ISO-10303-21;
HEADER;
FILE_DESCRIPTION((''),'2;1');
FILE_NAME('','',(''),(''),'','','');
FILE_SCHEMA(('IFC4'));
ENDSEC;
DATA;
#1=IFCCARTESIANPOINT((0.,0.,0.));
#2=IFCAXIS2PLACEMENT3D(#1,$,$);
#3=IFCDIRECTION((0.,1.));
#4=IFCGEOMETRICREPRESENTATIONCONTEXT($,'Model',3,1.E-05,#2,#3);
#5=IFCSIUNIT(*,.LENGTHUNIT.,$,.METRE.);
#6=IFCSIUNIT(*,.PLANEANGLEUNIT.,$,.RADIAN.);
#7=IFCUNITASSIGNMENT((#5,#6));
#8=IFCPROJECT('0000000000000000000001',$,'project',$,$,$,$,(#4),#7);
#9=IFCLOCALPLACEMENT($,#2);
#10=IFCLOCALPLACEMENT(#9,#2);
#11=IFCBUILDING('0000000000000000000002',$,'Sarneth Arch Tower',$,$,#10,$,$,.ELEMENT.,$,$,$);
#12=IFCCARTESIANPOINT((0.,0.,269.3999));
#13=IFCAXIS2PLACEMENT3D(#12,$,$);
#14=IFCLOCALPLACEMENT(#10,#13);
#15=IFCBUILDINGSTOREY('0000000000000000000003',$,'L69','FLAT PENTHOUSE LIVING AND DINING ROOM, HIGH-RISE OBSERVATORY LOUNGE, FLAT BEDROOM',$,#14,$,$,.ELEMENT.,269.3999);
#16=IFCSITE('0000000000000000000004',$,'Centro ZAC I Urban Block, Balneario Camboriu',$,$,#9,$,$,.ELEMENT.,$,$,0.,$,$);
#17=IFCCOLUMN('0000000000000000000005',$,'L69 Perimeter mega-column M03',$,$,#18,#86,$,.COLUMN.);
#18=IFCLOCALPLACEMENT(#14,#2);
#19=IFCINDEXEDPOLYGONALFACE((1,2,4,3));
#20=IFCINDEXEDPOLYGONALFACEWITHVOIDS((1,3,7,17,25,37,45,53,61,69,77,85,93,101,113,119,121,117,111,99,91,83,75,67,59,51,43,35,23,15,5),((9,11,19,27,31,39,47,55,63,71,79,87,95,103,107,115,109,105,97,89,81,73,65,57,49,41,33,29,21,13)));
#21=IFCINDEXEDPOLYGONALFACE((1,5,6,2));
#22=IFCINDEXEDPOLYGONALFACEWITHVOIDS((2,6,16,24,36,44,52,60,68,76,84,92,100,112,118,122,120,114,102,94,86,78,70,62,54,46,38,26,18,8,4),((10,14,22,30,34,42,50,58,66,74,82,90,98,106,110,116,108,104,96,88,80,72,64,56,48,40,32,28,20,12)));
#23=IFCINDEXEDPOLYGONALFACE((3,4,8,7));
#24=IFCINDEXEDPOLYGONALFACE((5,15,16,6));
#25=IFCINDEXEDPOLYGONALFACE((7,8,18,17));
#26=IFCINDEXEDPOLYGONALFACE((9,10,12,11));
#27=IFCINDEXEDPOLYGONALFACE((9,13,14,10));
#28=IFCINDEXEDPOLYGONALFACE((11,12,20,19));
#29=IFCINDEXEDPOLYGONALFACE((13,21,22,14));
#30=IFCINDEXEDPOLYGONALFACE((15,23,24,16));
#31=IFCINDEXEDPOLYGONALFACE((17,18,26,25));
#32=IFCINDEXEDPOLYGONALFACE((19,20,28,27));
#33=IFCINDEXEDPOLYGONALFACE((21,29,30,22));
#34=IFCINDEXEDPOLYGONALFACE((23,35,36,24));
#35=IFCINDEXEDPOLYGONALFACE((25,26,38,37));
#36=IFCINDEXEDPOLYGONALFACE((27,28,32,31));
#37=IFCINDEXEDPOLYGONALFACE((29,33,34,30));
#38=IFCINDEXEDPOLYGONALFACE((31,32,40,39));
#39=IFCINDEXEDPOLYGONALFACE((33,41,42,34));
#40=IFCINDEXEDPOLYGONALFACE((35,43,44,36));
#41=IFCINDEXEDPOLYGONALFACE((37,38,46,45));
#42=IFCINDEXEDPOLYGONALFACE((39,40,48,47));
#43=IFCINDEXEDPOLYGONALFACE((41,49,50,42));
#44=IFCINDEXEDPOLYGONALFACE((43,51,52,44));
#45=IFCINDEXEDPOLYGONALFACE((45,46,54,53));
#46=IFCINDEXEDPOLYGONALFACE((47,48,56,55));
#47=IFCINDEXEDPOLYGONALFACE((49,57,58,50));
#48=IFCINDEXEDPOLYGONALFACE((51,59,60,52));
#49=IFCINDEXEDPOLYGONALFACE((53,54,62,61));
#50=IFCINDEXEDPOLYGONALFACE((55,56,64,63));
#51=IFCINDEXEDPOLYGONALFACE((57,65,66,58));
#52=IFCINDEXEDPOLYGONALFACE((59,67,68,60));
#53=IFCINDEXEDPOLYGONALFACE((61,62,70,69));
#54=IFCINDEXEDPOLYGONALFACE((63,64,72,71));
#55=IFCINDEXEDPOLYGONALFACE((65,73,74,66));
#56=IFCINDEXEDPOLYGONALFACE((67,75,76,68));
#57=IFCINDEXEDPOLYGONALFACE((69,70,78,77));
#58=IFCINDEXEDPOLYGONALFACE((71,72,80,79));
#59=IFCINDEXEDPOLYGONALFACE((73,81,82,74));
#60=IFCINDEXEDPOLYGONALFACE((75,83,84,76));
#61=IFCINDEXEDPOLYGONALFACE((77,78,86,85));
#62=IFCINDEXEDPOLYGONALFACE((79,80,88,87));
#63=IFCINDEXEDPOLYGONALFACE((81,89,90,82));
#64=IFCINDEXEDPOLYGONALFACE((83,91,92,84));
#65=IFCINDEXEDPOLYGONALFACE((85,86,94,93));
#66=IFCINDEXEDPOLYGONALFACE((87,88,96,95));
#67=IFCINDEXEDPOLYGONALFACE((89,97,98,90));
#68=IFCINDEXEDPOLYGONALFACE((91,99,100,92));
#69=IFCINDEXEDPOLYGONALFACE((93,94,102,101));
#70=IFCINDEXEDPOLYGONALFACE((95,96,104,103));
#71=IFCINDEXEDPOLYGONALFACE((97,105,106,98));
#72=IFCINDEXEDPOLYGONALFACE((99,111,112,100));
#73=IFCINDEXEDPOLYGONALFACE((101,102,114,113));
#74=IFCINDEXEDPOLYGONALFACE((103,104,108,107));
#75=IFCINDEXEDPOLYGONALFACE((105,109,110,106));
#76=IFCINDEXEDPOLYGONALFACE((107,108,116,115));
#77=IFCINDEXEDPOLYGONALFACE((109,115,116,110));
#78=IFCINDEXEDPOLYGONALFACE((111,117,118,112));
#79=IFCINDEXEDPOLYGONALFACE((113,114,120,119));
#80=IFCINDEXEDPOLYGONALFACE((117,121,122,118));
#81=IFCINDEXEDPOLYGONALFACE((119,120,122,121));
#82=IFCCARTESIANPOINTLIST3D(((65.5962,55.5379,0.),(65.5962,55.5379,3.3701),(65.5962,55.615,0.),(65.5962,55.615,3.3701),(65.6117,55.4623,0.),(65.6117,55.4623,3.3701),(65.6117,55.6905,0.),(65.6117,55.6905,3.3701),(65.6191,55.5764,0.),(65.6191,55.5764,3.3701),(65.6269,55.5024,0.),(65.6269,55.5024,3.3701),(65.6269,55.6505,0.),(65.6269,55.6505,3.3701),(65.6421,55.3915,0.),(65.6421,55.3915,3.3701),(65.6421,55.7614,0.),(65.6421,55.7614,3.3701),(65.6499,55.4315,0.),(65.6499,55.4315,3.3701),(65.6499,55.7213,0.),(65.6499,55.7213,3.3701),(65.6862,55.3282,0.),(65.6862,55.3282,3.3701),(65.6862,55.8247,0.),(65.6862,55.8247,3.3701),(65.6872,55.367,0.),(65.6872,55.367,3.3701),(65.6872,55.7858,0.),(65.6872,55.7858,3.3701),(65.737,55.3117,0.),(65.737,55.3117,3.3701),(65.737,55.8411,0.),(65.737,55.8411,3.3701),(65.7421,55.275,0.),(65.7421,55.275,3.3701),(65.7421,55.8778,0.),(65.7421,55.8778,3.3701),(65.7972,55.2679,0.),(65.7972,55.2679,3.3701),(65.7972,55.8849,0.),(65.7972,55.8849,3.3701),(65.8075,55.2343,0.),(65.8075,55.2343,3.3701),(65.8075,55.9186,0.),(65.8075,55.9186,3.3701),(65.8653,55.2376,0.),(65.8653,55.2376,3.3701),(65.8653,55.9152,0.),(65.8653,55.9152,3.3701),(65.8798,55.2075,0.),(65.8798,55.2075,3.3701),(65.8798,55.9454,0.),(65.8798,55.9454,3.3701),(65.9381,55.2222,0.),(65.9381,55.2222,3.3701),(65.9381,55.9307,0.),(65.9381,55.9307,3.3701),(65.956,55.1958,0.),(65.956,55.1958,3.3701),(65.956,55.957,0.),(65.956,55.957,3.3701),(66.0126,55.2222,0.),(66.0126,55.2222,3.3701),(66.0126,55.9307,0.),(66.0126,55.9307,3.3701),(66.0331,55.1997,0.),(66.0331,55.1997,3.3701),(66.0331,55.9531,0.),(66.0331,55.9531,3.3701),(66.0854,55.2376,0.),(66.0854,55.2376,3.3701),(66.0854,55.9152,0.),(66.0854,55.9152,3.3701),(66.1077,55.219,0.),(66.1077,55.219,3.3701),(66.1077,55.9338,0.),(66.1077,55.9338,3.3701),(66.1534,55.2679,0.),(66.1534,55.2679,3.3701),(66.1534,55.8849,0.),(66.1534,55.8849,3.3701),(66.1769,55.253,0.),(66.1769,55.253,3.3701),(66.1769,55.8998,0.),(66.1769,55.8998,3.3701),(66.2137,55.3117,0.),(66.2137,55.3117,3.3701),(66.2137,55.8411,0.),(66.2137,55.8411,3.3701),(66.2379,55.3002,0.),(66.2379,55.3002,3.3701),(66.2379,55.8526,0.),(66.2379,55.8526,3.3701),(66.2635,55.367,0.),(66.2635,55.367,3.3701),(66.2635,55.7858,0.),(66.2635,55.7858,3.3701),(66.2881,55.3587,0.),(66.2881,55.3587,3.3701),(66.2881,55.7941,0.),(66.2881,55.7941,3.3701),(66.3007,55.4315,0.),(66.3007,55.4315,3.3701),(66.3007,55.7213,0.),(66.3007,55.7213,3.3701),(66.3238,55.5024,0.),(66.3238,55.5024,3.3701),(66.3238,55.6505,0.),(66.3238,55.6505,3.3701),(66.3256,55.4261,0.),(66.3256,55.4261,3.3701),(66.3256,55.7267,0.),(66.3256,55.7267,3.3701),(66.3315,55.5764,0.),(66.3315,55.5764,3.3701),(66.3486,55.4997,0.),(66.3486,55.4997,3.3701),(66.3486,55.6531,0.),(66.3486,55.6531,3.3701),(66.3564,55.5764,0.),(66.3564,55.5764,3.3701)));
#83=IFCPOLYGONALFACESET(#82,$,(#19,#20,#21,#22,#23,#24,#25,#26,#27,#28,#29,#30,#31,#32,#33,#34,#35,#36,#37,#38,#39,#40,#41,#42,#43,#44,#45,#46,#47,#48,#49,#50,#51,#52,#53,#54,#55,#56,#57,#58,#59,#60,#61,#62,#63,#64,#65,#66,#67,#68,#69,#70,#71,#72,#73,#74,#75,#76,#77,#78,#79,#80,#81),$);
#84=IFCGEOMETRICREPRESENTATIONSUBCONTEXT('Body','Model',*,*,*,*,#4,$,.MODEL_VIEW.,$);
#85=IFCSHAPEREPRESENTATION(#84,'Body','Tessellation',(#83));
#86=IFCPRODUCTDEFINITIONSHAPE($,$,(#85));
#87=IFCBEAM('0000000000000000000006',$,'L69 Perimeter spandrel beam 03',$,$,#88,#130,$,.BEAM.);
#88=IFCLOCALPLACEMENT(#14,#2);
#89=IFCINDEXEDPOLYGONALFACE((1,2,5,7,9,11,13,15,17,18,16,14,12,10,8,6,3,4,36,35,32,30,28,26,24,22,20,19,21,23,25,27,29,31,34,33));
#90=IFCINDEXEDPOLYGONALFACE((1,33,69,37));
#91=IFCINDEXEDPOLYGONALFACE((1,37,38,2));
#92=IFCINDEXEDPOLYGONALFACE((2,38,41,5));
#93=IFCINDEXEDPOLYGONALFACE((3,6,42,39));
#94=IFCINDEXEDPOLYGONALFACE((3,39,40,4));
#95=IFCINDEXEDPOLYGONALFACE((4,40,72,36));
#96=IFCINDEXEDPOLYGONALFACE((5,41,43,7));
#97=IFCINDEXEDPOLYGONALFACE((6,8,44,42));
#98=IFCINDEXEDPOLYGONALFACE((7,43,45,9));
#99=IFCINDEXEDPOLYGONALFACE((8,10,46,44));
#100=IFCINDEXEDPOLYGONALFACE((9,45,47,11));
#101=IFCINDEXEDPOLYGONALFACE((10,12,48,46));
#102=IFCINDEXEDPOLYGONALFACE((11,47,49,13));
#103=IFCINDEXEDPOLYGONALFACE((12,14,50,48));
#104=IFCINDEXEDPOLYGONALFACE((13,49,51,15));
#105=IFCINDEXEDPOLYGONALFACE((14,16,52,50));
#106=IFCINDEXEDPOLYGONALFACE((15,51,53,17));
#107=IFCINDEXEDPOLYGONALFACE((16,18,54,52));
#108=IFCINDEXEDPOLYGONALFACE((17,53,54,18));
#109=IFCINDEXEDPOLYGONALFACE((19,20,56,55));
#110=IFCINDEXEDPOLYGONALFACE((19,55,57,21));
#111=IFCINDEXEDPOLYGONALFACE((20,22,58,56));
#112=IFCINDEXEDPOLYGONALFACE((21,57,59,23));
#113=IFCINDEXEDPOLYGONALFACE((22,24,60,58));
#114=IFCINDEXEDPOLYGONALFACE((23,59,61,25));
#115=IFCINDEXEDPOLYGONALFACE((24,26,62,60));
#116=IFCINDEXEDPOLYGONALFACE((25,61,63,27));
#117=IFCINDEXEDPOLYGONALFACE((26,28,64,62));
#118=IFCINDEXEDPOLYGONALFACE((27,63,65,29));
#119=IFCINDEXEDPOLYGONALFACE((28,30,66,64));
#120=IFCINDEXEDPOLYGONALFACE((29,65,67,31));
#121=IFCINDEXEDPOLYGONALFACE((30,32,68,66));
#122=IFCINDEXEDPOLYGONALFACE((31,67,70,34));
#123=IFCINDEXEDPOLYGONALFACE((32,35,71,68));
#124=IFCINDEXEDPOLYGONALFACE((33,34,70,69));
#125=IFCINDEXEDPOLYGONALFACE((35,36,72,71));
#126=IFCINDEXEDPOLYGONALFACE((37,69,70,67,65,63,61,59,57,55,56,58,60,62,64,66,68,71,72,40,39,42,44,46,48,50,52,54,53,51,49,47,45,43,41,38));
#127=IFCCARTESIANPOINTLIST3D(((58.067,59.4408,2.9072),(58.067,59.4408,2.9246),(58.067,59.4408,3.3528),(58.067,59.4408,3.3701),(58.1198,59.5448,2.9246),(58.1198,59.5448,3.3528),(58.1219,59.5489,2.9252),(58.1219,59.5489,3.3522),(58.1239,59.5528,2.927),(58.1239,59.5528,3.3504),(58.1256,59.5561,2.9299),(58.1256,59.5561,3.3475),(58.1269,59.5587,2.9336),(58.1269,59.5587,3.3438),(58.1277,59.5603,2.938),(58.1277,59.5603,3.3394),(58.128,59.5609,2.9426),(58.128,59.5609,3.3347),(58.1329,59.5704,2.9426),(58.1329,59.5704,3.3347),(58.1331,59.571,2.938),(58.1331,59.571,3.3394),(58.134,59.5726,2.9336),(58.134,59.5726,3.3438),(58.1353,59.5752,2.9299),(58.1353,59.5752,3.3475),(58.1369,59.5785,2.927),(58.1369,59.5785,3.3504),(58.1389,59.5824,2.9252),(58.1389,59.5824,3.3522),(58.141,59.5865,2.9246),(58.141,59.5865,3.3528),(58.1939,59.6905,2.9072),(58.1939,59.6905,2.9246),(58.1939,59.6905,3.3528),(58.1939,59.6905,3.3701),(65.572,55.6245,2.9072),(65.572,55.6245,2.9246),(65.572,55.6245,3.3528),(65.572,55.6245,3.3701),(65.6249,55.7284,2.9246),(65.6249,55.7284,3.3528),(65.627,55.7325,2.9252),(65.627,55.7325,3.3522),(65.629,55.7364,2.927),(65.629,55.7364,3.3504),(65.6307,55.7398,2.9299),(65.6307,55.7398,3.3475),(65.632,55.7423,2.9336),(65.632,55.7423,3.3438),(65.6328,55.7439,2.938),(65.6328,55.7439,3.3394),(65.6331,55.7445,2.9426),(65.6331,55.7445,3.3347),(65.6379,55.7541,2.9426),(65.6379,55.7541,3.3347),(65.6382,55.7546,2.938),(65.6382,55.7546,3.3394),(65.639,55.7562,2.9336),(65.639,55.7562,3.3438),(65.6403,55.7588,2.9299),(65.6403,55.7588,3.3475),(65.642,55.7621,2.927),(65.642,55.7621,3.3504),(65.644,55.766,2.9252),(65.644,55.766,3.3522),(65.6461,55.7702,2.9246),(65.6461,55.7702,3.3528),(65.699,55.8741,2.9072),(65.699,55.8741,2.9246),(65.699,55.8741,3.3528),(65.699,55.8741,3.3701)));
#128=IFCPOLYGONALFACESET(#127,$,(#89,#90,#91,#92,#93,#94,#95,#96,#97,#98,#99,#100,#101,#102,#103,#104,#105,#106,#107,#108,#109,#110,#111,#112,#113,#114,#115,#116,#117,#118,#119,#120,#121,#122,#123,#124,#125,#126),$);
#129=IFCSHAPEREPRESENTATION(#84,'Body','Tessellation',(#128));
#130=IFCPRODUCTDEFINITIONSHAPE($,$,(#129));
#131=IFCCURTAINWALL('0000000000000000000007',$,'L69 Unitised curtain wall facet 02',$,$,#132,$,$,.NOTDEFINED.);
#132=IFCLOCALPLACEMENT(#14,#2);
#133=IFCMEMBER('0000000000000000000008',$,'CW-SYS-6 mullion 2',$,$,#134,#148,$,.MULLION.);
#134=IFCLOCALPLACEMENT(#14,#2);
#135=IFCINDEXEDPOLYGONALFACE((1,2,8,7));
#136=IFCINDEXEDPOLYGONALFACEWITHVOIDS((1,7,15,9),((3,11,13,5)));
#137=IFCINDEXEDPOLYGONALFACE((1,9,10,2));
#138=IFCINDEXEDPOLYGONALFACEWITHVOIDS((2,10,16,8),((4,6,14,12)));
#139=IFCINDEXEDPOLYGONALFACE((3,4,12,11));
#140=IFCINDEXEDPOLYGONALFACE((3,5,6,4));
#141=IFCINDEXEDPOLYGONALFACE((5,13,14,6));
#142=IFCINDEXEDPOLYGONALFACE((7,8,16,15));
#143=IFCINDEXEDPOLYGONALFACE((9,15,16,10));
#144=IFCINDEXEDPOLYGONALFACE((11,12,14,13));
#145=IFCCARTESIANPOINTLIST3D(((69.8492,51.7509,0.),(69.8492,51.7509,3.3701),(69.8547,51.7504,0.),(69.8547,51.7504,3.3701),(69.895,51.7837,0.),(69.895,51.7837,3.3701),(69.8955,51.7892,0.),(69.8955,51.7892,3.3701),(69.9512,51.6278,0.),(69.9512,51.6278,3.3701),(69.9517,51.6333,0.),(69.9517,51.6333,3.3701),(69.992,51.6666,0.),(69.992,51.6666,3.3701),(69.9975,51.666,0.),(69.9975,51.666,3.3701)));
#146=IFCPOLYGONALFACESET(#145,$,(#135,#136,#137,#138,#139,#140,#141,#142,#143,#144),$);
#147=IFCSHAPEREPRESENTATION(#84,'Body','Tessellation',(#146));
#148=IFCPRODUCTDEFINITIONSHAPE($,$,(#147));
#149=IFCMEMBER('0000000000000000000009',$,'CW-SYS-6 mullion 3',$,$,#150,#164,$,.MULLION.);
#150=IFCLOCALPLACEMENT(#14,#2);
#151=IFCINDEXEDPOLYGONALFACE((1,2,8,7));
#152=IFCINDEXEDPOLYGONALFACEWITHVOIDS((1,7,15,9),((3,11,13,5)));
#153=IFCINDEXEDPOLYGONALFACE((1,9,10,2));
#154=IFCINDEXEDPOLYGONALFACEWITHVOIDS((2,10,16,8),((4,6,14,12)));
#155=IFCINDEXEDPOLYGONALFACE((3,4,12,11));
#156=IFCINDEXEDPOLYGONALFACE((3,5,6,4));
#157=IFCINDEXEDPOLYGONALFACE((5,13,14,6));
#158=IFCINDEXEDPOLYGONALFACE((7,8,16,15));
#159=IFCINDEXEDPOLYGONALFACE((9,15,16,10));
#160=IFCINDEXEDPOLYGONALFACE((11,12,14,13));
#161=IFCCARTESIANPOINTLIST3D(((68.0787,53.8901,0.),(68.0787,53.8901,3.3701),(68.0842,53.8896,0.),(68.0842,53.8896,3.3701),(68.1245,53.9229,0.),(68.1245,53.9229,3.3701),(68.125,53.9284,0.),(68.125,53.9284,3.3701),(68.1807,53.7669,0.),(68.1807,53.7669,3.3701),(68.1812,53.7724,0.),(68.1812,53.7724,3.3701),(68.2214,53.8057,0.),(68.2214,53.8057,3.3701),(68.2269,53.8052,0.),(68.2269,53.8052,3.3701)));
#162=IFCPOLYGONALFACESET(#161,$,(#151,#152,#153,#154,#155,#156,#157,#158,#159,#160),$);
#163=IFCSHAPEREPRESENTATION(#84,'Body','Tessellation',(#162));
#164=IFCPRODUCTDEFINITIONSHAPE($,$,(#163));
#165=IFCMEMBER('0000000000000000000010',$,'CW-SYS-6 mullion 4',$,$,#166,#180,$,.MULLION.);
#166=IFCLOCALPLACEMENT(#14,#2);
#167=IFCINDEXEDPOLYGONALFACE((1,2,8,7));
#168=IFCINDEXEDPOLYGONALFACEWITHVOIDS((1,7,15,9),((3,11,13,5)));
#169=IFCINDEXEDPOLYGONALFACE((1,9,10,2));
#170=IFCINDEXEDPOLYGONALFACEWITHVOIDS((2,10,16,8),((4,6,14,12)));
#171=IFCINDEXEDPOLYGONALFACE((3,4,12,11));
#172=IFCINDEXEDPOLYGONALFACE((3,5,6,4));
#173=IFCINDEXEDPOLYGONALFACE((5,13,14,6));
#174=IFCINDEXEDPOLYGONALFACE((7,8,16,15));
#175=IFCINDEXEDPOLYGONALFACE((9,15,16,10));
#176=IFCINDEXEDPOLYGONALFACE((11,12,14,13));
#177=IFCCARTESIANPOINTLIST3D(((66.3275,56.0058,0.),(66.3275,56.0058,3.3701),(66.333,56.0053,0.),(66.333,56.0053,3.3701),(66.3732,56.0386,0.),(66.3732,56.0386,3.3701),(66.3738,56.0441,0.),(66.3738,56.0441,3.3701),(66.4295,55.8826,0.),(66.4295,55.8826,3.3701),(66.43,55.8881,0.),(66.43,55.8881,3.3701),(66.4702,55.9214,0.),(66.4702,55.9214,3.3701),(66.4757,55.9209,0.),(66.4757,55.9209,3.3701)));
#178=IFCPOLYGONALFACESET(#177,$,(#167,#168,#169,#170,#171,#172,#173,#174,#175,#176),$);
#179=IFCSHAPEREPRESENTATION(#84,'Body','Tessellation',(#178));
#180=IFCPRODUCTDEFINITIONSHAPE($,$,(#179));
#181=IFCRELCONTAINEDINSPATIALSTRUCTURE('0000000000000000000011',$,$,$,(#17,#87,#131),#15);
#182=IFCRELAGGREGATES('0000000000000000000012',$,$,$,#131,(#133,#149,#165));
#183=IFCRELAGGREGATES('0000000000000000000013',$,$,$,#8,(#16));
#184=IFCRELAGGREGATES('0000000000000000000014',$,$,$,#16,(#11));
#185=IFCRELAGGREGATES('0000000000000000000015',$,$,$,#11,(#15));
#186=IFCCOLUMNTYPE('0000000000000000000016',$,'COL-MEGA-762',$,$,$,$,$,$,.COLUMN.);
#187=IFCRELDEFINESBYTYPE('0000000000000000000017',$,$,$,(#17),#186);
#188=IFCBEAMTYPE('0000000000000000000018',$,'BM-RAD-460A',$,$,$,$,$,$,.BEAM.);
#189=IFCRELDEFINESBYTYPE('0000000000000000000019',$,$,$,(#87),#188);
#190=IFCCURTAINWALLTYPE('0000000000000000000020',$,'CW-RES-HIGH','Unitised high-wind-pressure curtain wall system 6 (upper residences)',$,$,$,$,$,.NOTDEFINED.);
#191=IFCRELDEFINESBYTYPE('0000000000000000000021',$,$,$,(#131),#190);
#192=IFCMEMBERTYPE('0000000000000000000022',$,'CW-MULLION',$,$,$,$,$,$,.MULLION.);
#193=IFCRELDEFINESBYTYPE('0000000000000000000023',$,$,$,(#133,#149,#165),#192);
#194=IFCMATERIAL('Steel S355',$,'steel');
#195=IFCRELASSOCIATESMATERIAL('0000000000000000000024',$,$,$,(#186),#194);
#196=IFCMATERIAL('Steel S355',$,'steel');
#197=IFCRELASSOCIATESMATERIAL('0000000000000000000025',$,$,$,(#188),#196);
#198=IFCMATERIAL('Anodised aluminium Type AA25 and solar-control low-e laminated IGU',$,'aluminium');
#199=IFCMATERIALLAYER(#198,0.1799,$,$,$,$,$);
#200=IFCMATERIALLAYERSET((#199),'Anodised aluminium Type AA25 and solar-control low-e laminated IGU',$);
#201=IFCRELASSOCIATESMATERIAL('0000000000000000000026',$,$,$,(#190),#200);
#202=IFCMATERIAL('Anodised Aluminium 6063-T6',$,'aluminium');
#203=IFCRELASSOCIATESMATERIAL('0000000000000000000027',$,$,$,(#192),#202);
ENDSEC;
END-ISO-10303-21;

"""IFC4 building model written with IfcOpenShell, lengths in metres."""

from ifc_helpers import new_model, si_unit, direction, frame, origin, origin_2d, place, context, subcontext, project, spatial, hollow_rectangle, hollow_circle, i_section, extrude, material, layer, layer_set, material_profile, profile_set, type_object, element, aggregate, save


model = new_model("IFC4")

# Units and contexts
model_context = context("Model", 3, precision=1e-05, world=origin(), true_north=direction((0.0, 1.0)))
body_context = subcontext(model_context, "Body", "Model", "MODEL_VIEW")
ifc_project = project(units=[si_unit("LENGTHUNIT", "METRE"), si_unit("PLANEANGLEUNIT", "RADIAN")], contexts=[model_context])

# Site, building, storey
site_placement = place(None, origin())
site = spatial("IfcSite", under=ifc_project, at=site_placement, Name="Centro ZAC I Urban Block, Balneario Camboriu", CompositionType="ELEMENT", RefElevation=0.0)
building_placement = place(site_placement, origin())
building = spatial("IfcBuilding", under=site, at=building_placement, Name="Sarneth Arch Tower", CompositionType="ELEMENT")
storey_placement = place(building_placement, frame((0.0, 0.0, 269.3999)))
storey = spatial("IfcBuildingStorey", under=building, at=storey_placement, Name="L69", Description="FLAT PENTHOUSE LIVING AND DINING ROOM, HIGH-RISE OBSERVATORY LOUNGE, FLAT BEDROOM", CompositionType="ELEMENT", Elevation=269.3999)

# Column
ifc_material_1 = material(Name="Steel S355", Category="steel")
ifc_material_profile_1 = material_profile(ifc_material_1, hollow_circle(Radius=0.3811, WallThickness=0.0249, at=origin_2d()), Name="CHS762x25")
ifc_profile_set_1 = profile_set([ifc_material_profile_1], Name="Steel S355")
column_type = type_object("IfcColumnType", Name="COL-MEGA-762", PredefinedType="COLUMN", material=ifc_profile_set_1)
column_placement = place(storey_placement, frame((65.9753, 55.5764, 0.0), z_axis=(0.0, 0.0, 1.0), x_axis=(1.0, 0.0, 0.0)))
element("IfcColumn", 1, at=column_placement, inside=storey, type_object=column_type, Name="L69 Perimeter mega-column M03", PredefinedType="COLUMN", context=body_context, shape_type="SweptSolid", body=[
    extrude(hollow_circle(Radius=0.3811, WallThickness=0.0249, at=origin_2d()), origin(), (0.0, 0.0, 1.0), 3.3701),
])

# Beam
ifc_material_2 = material(Name="Steel S355", Category="steel")
ifc_material_profile_2 = material_profile(ifc_material_2, i_section(OverallWidth=0.28, OverallDepth=0.4629, WebThickness=0.0107, FlangeThickness=0.0173, FilletRadius=0.0181, at=origin_2d()), Name="W460x113")
ifc_profile_set_2 = profile_set([ifc_material_profile_2], Name="Steel S355")
beam_type = type_object("IfcBeamType", Name="BM-RAD-460A", PredefinedType="BEAM", material=ifc_profile_set_2)
beam_placement = place(storey_placement, frame((65.6355, 55.7493, 3.1387), z_axis=(-0.891374, 0.453269, 0.0), x_axis=(-0.453269, -0.891374, 0.0)))
element("IfcBeam", 2, at=beam_placement, inside=storey, type_object=beam_type, Name="L69 Perimeter spandrel beam 03", PredefinedType="BEAM", context=body_context, shape_type="SweptSolid", body=[
    extrude(i_section(OverallWidth=0.28, OverallDepth=0.4629, WebThickness=0.0107, FlangeThickness=0.0173, FilletRadius=0.0181, at=origin_2d()), origin(), (0.0, 0.0, 1.0), 8.4197),
])

# Curtain wall, members
ifc_material_3 = material(Name="Anodised aluminium Type AA25 and solar-control low-e laminated IGU", Category="aluminium")
ifc_layer_1 = layer(ifc_material_3, 0.1799)
ifc_layer_set_1 = layer_set([ifc_layer_1], Name="Anodised aluminium Type AA25 and solar-control low-e laminated IGU")
curtain_wall_type = type_object("IfcCurtainWallType", Name="CW-RES-HIGH", Description="Unitised high-wind-pressure curtain wall system 6 (upper residences)", PredefinedType="NOTDEFINED", material=ifc_layer_set_1)
curtain_wall_placement = place(storey_placement, origin())
curtain_wall = element("IfcCurtainWall", 3, at=curtain_wall_placement, inside=storey, type_object=curtain_wall_type, Name="L69 Unitised curtain wall facet 02", PredefinedType="NOTDEFINED")
ifc_material_4 = material(Name="Anodised Aluminium 6063-T6", Category="aluminium")
ifc_material_profile_3 = material_profile(ifc_material_4, hollow_rectangle(XDim=0.0601, YDim=0.1599, WallThickness=0.0039, at=origin_2d()), Name="AL-MULL-160x60x4")
ifc_profile_set_3 = profile_set([ifc_material_profile_3], Name="Anodised Aluminium 6063-T6")
member_type_1 = type_object("IfcMemberType", Name="CW-MULLION", PredefinedType="MULLION", material=ifc_profile_set_3)
member_1_placement = place(storey_placement, frame((69.9233, 51.7085, 0.0), z_axis=(0.0, 0.0, 1.0), x_axis=(-0.770359, -0.63761, 0.0)))
member_1 = element("IfcMember", 4, at=member_1_placement, type_object=member_type_1, Name="CW-SYS-6 mullion 2", PredefinedType="MULLION", context=body_context, shape_type="SweptSolid", body=[
    extrude(hollow_rectangle(XDim=0.0601, YDim=0.1599, WallThickness=0.0039, at=origin_2d()), origin(), (0.0, 0.0, 1.0), 3.3701),
])
member_2_placement = place(storey_placement, frame((68.1528, 53.8477, 0.0), z_axis=(0.0, 0.0, 1.0), x_axis=(-0.770359, -0.63761, 0.0)))
member_2 = element("IfcMember", 5, at=member_2_placement, type_object=member_type_1, Name="CW-SYS-6 mullion 3", PredefinedType="MULLION", context=body_context, shape_type="SweptSolid", body=[
    extrude(hollow_rectangle(XDim=0.0601, YDim=0.1599, WallThickness=0.0039, at=origin_2d()), origin(), (0.0, 0.0, 1.0), 3.3701),
])
member_3_placement = place(storey_placement, frame((66.4016, 55.9634, 0.0), z_axis=(0.0, 0.0, 1.0), x_axis=(-0.770359, -0.63761, 0.0)))
member_3 = element("IfcMember", 6, at=member_3_placement, type_object=member_type_1, Name="CW-SYS-6 mullion 4", PredefinedType="MULLION", context=body_context, shape_type="SweptSolid", body=[
    extrude(hollow_rectangle(XDim=0.0601, YDim=0.1599, WallThickness=0.0039, at=origin_2d()), origin(), (0.0, 0.0, 1.0), 3.3701),
])

aggregate(curtain_wall, [member_1, member_2, member_3])

save(model, "model.ifc")
